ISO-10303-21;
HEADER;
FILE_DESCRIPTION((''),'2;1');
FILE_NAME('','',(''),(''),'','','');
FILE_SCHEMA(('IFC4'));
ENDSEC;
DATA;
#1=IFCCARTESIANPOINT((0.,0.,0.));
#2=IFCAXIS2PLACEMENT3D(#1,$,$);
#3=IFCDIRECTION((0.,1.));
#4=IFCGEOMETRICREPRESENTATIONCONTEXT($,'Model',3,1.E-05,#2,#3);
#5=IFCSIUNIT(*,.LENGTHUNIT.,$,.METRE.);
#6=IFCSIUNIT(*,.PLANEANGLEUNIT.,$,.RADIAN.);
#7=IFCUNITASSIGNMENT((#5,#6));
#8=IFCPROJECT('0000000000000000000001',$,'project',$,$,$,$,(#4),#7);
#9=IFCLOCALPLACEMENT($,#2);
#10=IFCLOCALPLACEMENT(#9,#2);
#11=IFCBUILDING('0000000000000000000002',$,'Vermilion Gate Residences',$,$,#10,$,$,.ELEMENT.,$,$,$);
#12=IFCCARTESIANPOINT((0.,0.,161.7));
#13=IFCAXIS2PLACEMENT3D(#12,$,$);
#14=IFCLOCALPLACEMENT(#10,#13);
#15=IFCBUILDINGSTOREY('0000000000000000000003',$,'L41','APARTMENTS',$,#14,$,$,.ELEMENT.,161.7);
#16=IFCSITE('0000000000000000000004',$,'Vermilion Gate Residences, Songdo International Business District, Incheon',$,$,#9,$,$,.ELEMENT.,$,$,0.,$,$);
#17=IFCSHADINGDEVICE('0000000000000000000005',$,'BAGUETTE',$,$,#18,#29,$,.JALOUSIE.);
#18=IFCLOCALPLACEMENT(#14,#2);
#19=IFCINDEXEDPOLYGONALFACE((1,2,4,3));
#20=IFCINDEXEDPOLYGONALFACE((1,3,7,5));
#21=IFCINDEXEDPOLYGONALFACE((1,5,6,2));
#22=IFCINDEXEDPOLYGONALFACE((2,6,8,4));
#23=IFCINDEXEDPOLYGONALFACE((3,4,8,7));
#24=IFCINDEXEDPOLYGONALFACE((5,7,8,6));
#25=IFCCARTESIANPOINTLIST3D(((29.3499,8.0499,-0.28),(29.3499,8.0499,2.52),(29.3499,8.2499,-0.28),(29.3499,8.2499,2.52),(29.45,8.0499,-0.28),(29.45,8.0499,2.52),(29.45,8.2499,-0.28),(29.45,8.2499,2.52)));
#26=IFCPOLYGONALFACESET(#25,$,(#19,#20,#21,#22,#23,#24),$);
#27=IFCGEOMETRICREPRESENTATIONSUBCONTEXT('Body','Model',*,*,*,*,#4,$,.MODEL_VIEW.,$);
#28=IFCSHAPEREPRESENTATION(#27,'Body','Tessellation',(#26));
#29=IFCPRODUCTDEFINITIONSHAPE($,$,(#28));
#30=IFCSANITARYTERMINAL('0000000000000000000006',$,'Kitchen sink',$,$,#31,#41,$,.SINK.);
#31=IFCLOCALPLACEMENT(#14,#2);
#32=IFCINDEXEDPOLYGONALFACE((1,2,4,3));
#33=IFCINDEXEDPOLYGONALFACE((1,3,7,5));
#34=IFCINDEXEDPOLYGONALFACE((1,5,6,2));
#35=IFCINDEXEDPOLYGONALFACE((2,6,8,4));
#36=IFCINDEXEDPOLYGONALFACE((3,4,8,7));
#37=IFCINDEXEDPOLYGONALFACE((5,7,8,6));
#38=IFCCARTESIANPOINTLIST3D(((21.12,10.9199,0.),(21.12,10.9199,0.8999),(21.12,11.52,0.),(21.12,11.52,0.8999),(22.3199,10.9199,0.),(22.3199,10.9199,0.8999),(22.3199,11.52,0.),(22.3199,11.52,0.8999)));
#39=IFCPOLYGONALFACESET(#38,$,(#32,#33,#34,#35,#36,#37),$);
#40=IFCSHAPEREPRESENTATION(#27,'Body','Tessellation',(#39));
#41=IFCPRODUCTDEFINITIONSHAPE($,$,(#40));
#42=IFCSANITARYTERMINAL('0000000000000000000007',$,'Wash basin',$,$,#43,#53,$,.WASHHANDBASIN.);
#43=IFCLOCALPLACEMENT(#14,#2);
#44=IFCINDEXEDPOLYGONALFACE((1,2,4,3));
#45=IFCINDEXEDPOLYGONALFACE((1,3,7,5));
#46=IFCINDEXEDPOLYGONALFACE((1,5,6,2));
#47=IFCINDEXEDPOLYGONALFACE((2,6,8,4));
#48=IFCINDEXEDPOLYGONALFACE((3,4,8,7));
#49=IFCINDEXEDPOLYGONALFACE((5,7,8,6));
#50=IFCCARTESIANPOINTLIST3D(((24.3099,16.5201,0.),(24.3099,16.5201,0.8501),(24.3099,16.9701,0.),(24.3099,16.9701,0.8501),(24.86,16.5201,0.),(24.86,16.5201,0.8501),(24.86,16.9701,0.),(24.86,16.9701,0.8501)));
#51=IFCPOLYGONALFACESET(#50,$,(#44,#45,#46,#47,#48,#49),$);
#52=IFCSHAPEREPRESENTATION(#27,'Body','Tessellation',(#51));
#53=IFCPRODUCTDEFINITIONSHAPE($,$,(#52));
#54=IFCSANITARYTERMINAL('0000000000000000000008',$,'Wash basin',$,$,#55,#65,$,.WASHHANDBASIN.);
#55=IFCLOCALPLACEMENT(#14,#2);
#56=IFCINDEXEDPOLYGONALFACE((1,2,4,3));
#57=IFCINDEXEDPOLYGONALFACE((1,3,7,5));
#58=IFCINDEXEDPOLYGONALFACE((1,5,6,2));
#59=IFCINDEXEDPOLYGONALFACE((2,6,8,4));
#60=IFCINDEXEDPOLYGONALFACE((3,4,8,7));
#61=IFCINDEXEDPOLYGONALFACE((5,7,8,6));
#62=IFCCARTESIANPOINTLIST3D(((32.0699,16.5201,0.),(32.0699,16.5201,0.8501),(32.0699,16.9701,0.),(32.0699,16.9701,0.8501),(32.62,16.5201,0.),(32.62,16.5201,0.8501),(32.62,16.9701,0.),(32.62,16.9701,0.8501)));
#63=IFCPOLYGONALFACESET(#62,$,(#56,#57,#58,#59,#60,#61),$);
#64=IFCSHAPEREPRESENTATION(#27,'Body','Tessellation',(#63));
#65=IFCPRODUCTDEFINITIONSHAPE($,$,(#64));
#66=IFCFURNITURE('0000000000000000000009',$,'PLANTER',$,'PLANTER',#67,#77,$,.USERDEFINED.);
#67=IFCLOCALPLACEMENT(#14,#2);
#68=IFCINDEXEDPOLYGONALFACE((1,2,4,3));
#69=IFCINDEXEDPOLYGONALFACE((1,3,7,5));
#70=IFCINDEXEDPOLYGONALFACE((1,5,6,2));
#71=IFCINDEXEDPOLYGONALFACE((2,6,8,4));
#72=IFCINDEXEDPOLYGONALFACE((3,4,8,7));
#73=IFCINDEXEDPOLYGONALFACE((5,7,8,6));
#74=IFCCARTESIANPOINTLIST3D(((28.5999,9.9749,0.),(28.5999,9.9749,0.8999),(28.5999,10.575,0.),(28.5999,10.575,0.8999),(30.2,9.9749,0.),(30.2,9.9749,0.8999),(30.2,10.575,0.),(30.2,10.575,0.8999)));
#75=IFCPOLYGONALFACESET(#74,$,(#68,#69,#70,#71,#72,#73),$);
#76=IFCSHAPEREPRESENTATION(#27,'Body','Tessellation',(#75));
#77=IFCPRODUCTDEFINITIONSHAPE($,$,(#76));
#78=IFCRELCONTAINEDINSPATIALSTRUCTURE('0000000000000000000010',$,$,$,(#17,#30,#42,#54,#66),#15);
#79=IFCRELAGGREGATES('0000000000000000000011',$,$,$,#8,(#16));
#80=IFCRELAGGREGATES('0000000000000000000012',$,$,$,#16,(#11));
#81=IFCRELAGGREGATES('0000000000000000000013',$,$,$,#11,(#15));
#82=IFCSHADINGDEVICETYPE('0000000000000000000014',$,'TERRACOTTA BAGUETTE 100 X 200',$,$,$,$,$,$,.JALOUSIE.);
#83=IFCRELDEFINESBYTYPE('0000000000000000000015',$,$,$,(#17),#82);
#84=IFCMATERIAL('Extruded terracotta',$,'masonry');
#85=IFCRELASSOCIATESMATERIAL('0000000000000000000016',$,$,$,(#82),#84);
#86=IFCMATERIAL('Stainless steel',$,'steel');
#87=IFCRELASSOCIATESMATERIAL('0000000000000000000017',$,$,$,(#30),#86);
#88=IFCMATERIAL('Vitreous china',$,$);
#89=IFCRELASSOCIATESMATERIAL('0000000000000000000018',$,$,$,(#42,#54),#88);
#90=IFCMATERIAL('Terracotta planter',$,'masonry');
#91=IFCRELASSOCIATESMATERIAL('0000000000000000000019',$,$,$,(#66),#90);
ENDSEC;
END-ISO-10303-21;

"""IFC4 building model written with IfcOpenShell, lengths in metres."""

from ifc_helpers import new_model, si_unit, direction, frame, origin, origin_2d, place, context, subcontext, project, spatial, rectangle, extrude, material, material_profile, profile_set, type_object, element, save


model = new_model("IFC4")

# Units and contexts
model_context = context("Model", 3, precision=1e-05, world=origin(), true_north=direction((0.0, 1.0)))
body_context = subcontext(model_context, "Body", "Model", "MODEL_VIEW")
ifc_project = project(units=[si_unit("LENGTHUNIT", "METRE"), si_unit("PLANEANGLEUNIT", "RADIAN")], contexts=[model_context])

# Site, building, storey
site_placement = place(None, origin())
site = spatial("IfcSite", under=ifc_project, at=site_placement, Name="Vermilion Gate Residences, Songdo International Business District, Incheon", CompositionType="ELEMENT", RefElevation=0.0)
building_placement = place(site_placement, origin())
building = spatial("IfcBuilding", under=site, at=building_placement, Name="Vermilion Gate Residences", CompositionType="ELEMENT")
storey_placement = place(building_placement, frame((0.0, 0.0, 161.7)))
storey = spatial("IfcBuildingStorey", under=building, at=storey_placement, Name="L41", Description="APARTMENTS", CompositionType="ELEMENT", Elevation=161.7)

# Shading device
ifc_material_1 = material(Name="Extruded terracotta", Category="masonry")
ifc_material_profile_1 = material_profile(ifc_material_1, rectangle(XDim=0.2, YDim=0.1001, at=origin_2d()), Name="BAGUETTE 100 X 200")
ifc_profile_set_1 = profile_set([ifc_material_profile_1], Name="Extruded terracotta")
shading_device_type = type_object("IfcShadingDeviceType", Name="TERRACOTTA BAGUETTE 100 X 200", PredefinedType="JALOUSIE", material=ifc_profile_set_1)
shading_device_placement = place(storey_placement, frame((29.3999, 8.1499, -0.28), z_axis=(0.0, 0.0, 1.0), x_axis=(0.0, 1.0, 0.0)))
element("IfcShadingDevice", 1, at=shading_device_placement, inside=storey, type_object=shading_device_type, Name="BAGUETTE", PredefinedType="JALOUSIE", context=body_context, shape_type="SweptSolid", body=[
    extrude(rectangle(XDim=0.2, YDim=0.1001, at=origin_2d()), origin(), (0.0, 0.0, 1.0), 2.8),
])

# Sanitary terminals
ifc_material_2 = material(Name="Stainless steel", Category="steel")
sanitary_terminal_placement = place(storey_placement, frame((21.72, 11.22, 0.0), z_axis=(0.0, 0.0, 1.0), x_axis=(1.0, 0.0, 0.0)))
element("IfcSanitaryTerminal", 2, at=sanitary_terminal_placement, inside=storey, material=ifc_material_2, Name="Kitchen sink", PredefinedType="SINK", context=body_context, shape_type="SweptSolid", body=[
    extrude(rectangle(XDim=1.2, YDim=0.6001, at=origin_2d()), origin(), (0.0, 0.0, 1.0), 0.8999),
])
ifc_material_3 = material(Name="Vitreous china")
for number, where, z_axis, x_axis, name in (
    (3, (24.585, 16.7451, 0.0), (0.0, 0.0, 1.0), (1.0, 0.0, 0.0), "Wash basin"),
    (4, (32.345, 16.7451, 0.0), (0.0, 0.0, 1.0), (1.0, 0.0, 0.0), "Wash basin"),
):
    element("IfcSanitaryTerminal", number, at=place(storey_placement, frame(where, z_axis=z_axis, x_axis=x_axis)), inside=storey, material=ifc_material_3, Name=name, PredefinedType="WASHHANDBASIN", context=body_context, shape_type="SweptSolid", body=[
        extrude(rectangle(XDim=0.55, YDim=0.45, at=origin_2d()), origin(), (0.0, 0.0, 1.0), 0.8501),
    ])

# Furniture
ifc_material_4 = material(Name="Terracotta planter", Category="masonry")
furniture_placement = place(storey_placement, frame((29.3999, 10.2749, 0.0), z_axis=(0.0, 0.0, 1.0), x_axis=(1.0, 0.0, 0.0)))
element("IfcFurniture", 5, at=furniture_placement, inside=storey, material=ifc_material_4, Name="PLANTER", ObjectType="PLANTER", PredefinedType="USERDEFINED", context=body_context, shape_type="SweptSolid", body=[
    extrude(rectangle(XDim=1.6001, YDim=0.6001, at=origin_2d()), origin(), (0.0, 0.0, 1.0), 0.8999),
])

save(model, "model.ifc")
